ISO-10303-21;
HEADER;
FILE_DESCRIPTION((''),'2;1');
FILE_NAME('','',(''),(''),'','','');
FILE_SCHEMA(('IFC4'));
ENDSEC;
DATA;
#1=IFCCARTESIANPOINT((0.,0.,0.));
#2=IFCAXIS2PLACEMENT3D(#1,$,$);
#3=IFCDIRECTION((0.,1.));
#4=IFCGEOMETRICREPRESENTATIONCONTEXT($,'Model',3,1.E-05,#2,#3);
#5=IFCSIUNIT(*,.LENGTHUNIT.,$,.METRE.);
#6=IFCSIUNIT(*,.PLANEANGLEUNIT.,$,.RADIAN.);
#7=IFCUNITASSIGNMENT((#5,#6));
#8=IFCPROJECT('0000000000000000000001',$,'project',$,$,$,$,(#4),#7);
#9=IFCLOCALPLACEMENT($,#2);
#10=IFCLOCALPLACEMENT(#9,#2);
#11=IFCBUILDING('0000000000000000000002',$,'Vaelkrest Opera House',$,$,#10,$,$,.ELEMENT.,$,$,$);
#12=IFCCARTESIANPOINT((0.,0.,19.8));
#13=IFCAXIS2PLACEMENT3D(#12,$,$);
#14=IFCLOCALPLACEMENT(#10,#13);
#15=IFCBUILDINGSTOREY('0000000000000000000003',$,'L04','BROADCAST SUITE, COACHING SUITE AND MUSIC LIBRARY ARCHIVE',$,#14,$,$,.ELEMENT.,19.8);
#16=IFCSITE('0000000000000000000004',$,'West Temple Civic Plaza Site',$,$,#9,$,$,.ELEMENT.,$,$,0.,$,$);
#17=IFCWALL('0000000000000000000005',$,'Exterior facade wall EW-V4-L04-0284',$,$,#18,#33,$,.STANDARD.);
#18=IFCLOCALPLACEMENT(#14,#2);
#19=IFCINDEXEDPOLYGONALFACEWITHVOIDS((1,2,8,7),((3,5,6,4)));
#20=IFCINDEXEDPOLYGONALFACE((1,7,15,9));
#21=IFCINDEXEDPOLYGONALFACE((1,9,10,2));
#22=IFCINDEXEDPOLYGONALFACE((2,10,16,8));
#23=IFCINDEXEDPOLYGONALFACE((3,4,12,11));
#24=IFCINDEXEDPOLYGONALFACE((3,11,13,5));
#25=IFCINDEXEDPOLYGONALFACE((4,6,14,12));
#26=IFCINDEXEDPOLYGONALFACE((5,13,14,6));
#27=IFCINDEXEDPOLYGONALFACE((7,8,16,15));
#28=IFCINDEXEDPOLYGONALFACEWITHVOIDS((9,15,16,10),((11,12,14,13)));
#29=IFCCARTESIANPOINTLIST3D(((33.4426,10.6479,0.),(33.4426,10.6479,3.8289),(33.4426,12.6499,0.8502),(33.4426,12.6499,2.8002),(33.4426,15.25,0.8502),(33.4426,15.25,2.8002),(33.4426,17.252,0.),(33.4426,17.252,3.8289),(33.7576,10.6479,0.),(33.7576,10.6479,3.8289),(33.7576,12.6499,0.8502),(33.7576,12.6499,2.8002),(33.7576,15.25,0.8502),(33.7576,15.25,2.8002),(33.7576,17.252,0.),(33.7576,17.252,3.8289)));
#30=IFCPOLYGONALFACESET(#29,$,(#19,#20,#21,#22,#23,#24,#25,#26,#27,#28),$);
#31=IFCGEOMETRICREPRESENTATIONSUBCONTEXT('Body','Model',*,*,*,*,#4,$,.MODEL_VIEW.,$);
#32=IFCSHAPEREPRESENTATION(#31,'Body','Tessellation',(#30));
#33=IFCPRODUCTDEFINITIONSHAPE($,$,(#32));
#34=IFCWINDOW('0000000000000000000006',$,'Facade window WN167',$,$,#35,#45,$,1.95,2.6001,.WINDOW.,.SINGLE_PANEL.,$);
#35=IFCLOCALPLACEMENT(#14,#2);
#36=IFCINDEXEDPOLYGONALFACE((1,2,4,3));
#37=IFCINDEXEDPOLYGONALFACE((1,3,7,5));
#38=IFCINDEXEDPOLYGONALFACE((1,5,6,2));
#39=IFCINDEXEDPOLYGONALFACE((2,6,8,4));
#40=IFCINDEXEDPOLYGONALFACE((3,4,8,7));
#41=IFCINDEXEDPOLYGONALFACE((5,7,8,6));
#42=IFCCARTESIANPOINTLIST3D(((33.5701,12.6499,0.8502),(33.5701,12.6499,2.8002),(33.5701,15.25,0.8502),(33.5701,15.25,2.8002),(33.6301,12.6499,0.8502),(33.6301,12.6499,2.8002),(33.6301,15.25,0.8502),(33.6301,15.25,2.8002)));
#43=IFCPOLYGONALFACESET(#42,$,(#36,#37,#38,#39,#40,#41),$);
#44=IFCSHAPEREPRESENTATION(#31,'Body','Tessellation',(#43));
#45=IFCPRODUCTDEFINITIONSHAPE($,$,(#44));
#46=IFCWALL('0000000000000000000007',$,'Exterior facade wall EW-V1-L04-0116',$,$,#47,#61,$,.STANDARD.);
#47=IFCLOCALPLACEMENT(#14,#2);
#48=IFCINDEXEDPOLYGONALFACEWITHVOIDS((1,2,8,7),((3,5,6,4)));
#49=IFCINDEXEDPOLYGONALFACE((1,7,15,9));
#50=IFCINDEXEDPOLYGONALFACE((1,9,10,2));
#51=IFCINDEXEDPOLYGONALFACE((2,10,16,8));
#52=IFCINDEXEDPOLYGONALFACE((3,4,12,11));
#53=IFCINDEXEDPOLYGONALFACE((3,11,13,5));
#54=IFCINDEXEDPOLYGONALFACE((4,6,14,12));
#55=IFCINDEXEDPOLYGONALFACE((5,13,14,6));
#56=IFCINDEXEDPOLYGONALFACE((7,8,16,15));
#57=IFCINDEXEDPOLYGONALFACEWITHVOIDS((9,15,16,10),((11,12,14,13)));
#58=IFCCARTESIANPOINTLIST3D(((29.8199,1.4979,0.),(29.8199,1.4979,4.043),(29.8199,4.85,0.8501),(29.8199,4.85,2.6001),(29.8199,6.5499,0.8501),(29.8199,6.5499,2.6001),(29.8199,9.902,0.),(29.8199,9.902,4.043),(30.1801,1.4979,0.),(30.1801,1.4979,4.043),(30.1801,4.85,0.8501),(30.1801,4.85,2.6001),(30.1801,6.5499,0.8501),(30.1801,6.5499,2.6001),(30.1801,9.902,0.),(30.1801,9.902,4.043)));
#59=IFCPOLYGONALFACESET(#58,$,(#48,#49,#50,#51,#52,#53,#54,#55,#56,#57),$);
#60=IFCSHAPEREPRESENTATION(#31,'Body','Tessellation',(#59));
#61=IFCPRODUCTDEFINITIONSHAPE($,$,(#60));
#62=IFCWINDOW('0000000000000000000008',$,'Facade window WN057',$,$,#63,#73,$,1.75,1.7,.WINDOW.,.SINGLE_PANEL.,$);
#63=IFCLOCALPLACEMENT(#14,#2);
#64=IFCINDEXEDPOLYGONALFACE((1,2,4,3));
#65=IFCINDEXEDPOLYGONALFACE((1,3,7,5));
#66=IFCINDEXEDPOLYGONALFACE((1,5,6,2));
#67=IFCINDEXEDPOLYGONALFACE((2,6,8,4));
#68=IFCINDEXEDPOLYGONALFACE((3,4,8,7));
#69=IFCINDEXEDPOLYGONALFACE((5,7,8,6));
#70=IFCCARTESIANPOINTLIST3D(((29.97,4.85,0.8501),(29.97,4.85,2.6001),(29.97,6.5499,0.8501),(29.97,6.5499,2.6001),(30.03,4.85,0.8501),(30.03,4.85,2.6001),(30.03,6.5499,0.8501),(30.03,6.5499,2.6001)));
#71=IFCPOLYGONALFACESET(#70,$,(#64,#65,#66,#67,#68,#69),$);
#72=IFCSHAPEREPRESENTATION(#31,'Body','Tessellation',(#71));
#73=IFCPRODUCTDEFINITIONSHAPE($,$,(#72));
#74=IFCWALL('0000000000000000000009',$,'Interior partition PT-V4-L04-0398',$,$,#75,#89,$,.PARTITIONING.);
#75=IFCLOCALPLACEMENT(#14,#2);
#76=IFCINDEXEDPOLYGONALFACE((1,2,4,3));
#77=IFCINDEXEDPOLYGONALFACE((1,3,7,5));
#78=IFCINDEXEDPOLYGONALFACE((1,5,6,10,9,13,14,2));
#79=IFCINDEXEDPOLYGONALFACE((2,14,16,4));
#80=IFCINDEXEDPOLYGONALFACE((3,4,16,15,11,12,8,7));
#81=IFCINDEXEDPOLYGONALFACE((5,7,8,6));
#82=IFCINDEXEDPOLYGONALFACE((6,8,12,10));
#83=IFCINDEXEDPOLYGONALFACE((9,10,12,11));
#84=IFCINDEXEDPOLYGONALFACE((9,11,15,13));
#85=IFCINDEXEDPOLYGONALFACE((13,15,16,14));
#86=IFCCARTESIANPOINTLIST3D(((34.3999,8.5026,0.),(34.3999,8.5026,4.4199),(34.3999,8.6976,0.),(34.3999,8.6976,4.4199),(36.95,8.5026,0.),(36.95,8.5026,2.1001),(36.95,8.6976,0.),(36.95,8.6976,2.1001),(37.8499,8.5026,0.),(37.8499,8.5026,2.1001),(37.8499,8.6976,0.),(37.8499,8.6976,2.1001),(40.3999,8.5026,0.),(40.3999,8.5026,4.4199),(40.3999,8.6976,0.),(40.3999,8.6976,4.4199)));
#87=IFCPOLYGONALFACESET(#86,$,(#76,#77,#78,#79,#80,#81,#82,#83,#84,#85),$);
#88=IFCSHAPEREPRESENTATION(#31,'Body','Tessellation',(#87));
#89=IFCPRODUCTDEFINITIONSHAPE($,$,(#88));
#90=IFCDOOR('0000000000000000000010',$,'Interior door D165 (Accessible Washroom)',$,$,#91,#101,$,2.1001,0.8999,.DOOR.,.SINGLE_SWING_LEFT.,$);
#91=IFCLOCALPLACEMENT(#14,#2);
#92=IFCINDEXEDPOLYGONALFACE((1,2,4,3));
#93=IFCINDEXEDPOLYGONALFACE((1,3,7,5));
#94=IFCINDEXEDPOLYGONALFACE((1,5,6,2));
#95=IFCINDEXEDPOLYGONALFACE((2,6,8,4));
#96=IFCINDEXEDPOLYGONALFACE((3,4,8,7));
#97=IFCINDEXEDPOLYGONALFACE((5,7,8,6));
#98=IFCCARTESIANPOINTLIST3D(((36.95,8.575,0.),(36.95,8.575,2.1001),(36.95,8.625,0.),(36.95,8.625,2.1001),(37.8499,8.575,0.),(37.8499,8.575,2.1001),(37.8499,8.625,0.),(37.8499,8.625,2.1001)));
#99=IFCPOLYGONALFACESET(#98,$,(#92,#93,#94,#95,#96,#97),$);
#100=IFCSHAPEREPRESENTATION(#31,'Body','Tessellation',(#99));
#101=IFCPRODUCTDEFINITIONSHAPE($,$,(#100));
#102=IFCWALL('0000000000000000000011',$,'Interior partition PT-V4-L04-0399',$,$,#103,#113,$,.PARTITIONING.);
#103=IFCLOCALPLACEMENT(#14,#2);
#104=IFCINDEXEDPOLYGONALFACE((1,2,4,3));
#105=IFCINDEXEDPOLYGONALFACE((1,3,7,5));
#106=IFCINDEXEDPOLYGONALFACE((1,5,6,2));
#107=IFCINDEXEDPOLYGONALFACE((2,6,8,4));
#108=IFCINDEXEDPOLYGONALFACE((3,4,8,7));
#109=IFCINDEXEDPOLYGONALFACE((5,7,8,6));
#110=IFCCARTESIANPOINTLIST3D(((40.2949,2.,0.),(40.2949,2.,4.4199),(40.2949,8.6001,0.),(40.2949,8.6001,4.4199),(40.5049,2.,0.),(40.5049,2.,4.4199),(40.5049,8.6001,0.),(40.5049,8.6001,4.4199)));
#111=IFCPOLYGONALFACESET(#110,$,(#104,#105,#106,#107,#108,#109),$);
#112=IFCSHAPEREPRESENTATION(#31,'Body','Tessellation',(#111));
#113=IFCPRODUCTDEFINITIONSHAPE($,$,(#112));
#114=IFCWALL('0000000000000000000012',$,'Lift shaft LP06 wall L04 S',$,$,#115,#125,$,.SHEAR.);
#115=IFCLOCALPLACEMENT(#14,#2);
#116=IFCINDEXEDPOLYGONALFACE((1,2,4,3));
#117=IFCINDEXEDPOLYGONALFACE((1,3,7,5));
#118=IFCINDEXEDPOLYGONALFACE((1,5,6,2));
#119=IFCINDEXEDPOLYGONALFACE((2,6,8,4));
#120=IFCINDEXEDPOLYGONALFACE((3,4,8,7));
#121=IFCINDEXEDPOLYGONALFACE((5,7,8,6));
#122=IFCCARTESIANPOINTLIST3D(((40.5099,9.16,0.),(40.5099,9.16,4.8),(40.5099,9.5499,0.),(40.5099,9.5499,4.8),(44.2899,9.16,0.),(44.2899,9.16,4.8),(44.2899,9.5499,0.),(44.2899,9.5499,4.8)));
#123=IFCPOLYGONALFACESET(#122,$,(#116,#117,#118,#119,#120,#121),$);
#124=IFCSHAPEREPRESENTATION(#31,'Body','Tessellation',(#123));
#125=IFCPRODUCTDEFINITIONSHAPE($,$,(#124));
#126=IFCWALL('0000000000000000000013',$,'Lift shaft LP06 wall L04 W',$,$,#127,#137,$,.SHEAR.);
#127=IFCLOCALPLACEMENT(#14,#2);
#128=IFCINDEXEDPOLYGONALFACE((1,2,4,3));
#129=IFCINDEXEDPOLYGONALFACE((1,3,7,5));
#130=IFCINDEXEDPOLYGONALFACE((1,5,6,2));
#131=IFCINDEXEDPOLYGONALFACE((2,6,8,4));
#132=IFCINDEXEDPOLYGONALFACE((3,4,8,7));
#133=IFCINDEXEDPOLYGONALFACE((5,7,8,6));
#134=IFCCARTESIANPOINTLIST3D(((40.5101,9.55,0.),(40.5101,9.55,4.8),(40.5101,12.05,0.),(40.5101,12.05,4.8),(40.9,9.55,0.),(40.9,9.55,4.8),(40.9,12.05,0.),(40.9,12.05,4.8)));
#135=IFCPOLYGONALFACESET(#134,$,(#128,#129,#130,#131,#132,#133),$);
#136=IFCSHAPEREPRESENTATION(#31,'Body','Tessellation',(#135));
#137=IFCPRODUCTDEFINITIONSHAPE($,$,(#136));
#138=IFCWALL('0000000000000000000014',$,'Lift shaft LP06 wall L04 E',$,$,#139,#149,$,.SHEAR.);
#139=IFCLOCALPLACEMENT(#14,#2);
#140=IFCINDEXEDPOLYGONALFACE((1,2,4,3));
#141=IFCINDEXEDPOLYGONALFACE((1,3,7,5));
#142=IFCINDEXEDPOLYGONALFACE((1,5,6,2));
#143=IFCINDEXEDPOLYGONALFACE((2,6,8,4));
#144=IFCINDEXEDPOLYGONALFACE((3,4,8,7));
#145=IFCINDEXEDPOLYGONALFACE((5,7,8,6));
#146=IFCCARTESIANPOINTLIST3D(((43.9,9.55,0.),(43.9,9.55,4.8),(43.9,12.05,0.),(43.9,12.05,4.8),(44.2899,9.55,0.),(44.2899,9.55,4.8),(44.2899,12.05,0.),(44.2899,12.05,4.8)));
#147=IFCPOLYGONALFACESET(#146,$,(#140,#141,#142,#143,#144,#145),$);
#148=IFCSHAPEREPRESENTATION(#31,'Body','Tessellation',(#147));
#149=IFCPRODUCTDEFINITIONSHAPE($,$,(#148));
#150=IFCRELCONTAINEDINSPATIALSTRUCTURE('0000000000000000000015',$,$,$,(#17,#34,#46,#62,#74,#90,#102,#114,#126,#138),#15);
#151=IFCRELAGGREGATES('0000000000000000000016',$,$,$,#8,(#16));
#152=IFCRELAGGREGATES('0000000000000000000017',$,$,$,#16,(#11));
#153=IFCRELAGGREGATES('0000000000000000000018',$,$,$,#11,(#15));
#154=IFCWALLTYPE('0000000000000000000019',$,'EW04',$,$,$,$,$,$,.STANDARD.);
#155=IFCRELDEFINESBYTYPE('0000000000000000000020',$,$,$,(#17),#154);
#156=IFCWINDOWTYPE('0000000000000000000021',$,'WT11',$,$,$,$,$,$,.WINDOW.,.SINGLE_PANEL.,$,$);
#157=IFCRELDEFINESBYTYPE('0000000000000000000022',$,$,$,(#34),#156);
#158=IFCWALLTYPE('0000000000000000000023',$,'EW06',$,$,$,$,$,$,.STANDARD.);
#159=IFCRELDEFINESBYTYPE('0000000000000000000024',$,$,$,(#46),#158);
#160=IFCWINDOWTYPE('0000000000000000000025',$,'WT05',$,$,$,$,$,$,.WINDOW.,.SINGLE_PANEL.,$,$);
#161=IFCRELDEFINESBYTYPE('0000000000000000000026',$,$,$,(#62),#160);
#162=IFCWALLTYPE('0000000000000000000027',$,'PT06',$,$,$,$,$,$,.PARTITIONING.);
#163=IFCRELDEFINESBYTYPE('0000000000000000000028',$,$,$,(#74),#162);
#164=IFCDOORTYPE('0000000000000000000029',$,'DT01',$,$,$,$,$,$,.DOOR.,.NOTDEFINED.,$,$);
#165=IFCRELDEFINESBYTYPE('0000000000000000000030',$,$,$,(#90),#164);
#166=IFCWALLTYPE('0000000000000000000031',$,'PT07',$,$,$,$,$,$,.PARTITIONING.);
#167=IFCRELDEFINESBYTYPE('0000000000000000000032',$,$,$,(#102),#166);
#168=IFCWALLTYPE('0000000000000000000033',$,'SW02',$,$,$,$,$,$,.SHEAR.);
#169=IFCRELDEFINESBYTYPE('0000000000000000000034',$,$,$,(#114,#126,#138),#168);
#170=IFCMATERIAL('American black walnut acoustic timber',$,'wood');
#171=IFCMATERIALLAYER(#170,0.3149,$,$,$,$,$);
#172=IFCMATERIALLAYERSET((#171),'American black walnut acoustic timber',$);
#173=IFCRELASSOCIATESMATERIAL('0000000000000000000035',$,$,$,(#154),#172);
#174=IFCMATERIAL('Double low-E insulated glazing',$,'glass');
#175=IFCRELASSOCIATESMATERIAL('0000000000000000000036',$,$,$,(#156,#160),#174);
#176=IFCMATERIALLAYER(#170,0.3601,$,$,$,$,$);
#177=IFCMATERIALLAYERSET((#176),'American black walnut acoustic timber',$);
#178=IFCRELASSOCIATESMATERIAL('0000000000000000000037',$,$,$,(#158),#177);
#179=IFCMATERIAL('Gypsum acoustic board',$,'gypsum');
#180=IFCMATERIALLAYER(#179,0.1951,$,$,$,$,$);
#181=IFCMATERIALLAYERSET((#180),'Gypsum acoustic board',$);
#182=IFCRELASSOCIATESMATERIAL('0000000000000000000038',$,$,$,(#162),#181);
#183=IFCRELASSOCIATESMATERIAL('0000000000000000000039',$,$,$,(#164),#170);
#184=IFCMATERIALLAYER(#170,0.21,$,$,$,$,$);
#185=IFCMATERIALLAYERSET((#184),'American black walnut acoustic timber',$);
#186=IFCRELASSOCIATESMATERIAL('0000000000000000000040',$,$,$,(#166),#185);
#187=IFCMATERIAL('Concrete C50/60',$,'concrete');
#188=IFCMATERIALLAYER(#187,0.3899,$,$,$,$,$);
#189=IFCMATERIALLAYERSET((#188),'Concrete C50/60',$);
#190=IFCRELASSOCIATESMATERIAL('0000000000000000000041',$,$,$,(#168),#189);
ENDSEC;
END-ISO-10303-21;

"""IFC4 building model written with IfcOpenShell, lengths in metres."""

from ifc_helpers import new_model, si_unit, direction, frame, frame_2d, origin, place, context, subcontext, project, spatial, rectangle, extrude, material, layer, layer_set, type_object, element, fill, save


model = new_model("IFC4")

# Units and contexts
model_context = context("Model", 3, precision=1e-05, world=origin(), true_north=direction((0.0, 1.0)))
body_context = subcontext(model_context, "Body", "Model", "MODEL_VIEW")
ifc_project = project(units=[si_unit("LENGTHUNIT", "METRE"), si_unit("PLANEANGLEUNIT", "RADIAN")], contexts=[model_context])

# Site, building, storey
site_placement = place(None, origin())
site = spatial("IfcSite", under=ifc_project, at=site_placement, Name="West Temple Civic Plaza Site", CompositionType="ELEMENT", RefElevation=0.0)
building_placement = place(site_placement, origin())
building = spatial("IfcBuilding", under=site, at=building_placement, Name="Vaelkrest Opera House", CompositionType="ELEMENT")
storey_placement = place(building_placement, frame((0.0, 0.0, 19.8)))
storey = spatial("IfcBuildingStorey", under=building, at=storey_placement, Name="L04", Description="BROADCAST SUITE, COACHING SUITE AND MUSIC LIBRARY ARCHIVE", CompositionType="ELEMENT", Elevation=19.8)

# Shared definitions
ifc_material_1 = material(Name="Concrete C50/60", Category="concrete")

# Shared definitions
ifc_material_2 = material(Name="Double low-E insulated glazing", Category="glass")

# Walls, openings, windows
ifc_material_3 = material(Name="American black walnut acoustic timber", Category="wood")
ifc_layer_1 = layer(ifc_material_3, 0.3149)
ifc_layer_set_1 = layer_set([ifc_layer_1], Name="American black walnut acoustic timber")
wall_type_1 = type_object("IfcWallType", Name="EW04", PredefinedType="STANDARD", material=ifc_layer_set_1)
wall_1_placement = place(storey_placement, frame((33.6001, 10.6479, 0.0), z_axis=(0.0, 0.0, 1.0), x_axis=(0.0, 1.0, 0.0)))
wall_1 = element("IfcWall", 1, at=wall_1_placement, inside=storey, type_object=wall_type_1, Name="Exterior facade wall EW-V4-L04-0284", PredefinedType="STANDARD", context=body_context, shape_type="SweptSolid", body=[
    extrude(rectangle(XDim=6.604, YDim=0.3149, at=frame_2d((3.302, 0.0))), origin(), (0.0, 0.0, 1.0), 3.8289),
])
opening_1_placement = place(wall_1_placement, frame((2.002, 0.0, 0.8501)))
opening_1 = element("IfcOpeningElement", 2, at=opening_1_placement, cuts=wall_1, PredefinedType="OPENING", context=body_context, shape_type="SweptSolid", body=[
    extrude(rectangle(XDim=2.6001, YDim=1.95, at=frame_2d((1.3, 0.9751))), frame((0.0, 0.1675, 0.0), z_axis=(0.0, -1.0, 0.0), x_axis=(1.0, 0.0, 0.0)), (0.0, 0.0, 1.0), 0.335),
])
window_type_1 = type_object("IfcWindowType", Name="WT11", PartitioningType="SINGLE_PANEL", PredefinedType="WINDOW", material=ifc_material_2)
window_1_placement = place(opening_1_placement, origin())
window_1 = element("IfcWindow", 3, at=window_1_placement, inside=storey, type_object=window_type_1, Name="Facade window WN167", OverallHeight=1.95, OverallWidth=2.6001, PartitioningType="SINGLE_PANEL", PredefinedType="WINDOW", context=body_context, shape_type="SweptSolid", body=[
    extrude(rectangle(XDim=2.6001, YDim=1.95, at=frame_2d((1.3, 0.9751))), frame((0.0, 0.03, 0.0), z_axis=(0.0, -1.0, 0.0), x_axis=(1.0, 0.0, 0.0)), (0.0, 0.0, 1.0), 0.0601),
])
fill(opening_1, window_1)
ifc_layer_2 = layer(ifc_material_3, 0.3601)
ifc_layer_set_2 = layer_set([ifc_layer_2], Name="American black walnut acoustic timber")
wall_type_2 = type_object("IfcWallType", Name="EW06", PredefinedType="STANDARD", material=ifc_layer_set_2)
wall_2_placement = place(storey_placement, frame((30.0, 9.9021, 0.0), z_axis=(0.0, 0.0, 1.0), x_axis=(0.0, -1.0, 0.0)))
wall_2 = element("IfcWall", 4, at=wall_2_placement, inside=storey, type_object=wall_type_2, Name="Exterior facade wall EW-V1-L04-0116", PredefinedType="STANDARD", context=body_context, shape_type="SweptSolid", body=[
    extrude(rectangle(XDim=8.4041, YDim=0.3601, at=frame_2d((4.2021, 0.0))), origin(), (0.0, 0.0, 1.0), 4.043),
])
opening_2_placement = place(wall_2_placement, frame((3.3521, 0.0, 0.8501)))
opening_2 = element("IfcOpeningElement", 5, at=opening_2_placement, cuts=wall_2, PredefinedType="OPENING", context=body_context, shape_type="SweptSolid", body=[
    extrude(rectangle(XDim=1.7, YDim=1.75, at=frame_2d((0.8501, 0.875))), frame((0.0, 0.1899, 0.0), z_axis=(0.0, -1.0, 0.0), x_axis=(1.0, 0.0, 0.0)), (0.0, 0.0, 1.0), 0.3801),
])
window_type_2 = type_object("IfcWindowType", Name="WT05", PartitioningType="SINGLE_PANEL", PredefinedType="WINDOW", material=ifc_material_2)
window_2_placement = place(opening_2_placement, origin())
window_2 = element("IfcWindow", 6, at=window_2_placement, inside=storey, type_object=window_type_2, Name="Facade window WN057", OverallHeight=1.75, OverallWidth=1.7, PartitioningType="SINGLE_PANEL", PredefinedType="WINDOW", context=body_context, shape_type="SweptSolid", body=[
    extrude(rectangle(XDim=1.7, YDim=1.75, at=frame_2d((0.8501, 0.875))), frame((0.0, 0.03, 0.0), z_axis=(0.0, -1.0, 0.0), x_axis=(1.0, 0.0, 0.0)), (0.0, 0.0, 1.0), 0.0601),
])
fill(opening_2, window_2)

# Wall, opening, door
ifc_material_4 = material(Name="Gypsum acoustic board", Category="gypsum")
ifc_layer_3 = layer(ifc_material_4, 0.1951)
ifc_layer_set_3 = layer_set([ifc_layer_3], Name="Gypsum acoustic board")
wall_type_3 = type_object("IfcWallType", Name="PT06", PredefinedType="PARTITIONING", material=ifc_layer_set_3)
wall_3_placement = place(storey_placement, frame((34.3999, 8.6001, 0.0), z_axis=(0.0, 0.0, 1.0), x_axis=(1.0, 0.0, 0.0)))
wall_3 = element("IfcWall", 7, at=wall_3_placement, inside=storey, type_object=wall_type_3, Name="Interior partition PT-V4-L04-0398", PredefinedType="PARTITIONING", context=body_context, shape_type="SweptSolid", body=[
    extrude(rectangle(XDim=6.0, YDim=0.1951, at=frame_2d((3.0, 0.0))), origin(), (0.0, 0.0, 1.0), 4.4199),
])
opening_3_placement = place(wall_3_placement, frame((2.55, 0.0, 0.0)))
opening_3 = element("IfcOpeningElement", 8, at=opening_3_placement, cuts=wall_3, PredefinedType="OPENING", context=body_context, shape_type="SweptSolid", body=[
    extrude(rectangle(XDim=0.8999, YDim=2.1001, at=frame_2d((0.45, 1.05))), frame((0.0, 0.1074, 0.0), z_axis=(0.0, -1.0, 0.0), x_axis=(1.0, 0.0, 0.0)), (0.0, 0.0, 1.0), 0.2151),
])
door_type = type_object("IfcDoorType", Name="DT01", OperationType="NOTDEFINED", PredefinedType="DOOR", material=ifc_material_3)
door_placement = place(opening_3_placement, origin())
door = element("IfcDoor", 9, at=door_placement, inside=storey, type_object=door_type, Name="Interior door D165 (Accessible Washroom)", OperationType="SINGLE_SWING_LEFT", OverallHeight=2.1001, OverallWidth=0.8999, PredefinedType="DOOR", context=body_context, shape_type="SweptSolid", body=[
    extrude(rectangle(XDim=0.8999, YDim=2.1001, at=frame_2d((0.45, 1.05))), frame((0.0, 0.0249, 0.0), z_axis=(0.0, -1.0, 0.0), x_axis=(1.0, 0.0, 0.0)), (0.0, 0.0, 1.0), 0.05),
])
fill(opening_3, door)

# Walls
ifc_layer_4 = layer(ifc_material_3, 0.21)
ifc_layer_set_4 = layer_set([ifc_layer_4], Name="American black walnut acoustic timber")
wall_type_4 = type_object("IfcWallType", Name="PT07", PredefinedType="PARTITIONING", material=ifc_layer_set_4)
wall_4_placement = place(storey_placement, frame((40.3999, 2.0, 0.0), z_axis=(0.0, 0.0, 1.0), x_axis=(0.0, 1.0, 0.0)))
element("IfcWall", 10, at=wall_4_placement, inside=storey, type_object=wall_type_4, Name="Interior partition PT-V4-L04-0399", PredefinedType="PARTITIONING", context=body_context, shape_type="SweptSolid", body=[
    extrude(rectangle(XDim=6.6001, YDim=0.21, at=frame_2d((3.3, 0.0))), origin(), (0.0, 0.0, 1.0), 4.4199),
])
ifc_layer_5 = layer(ifc_material_1, 0.3899)
ifc_layer_set_5 = layer_set([ifc_layer_5], Name="Concrete C50/60")
wall_type_5 = type_object("IfcWallType", Name="SW02", PredefinedType="SHEAR", material=ifc_layer_set_5)
wall_5_placement = place(storey_placement, frame((44.29, 9.355, 0.0), z_axis=(0.0, 0.0, 1.0), x_axis=(-1.0, 0.0, 0.0)))
element("IfcWall", 11, at=wall_5_placement, inside=storey, type_object=wall_type_5, Name="Lift shaft LP06 wall L04 S", PredefinedType="SHEAR", context=body_context, shape_type="SweptSolid", body=[
    extrude(rectangle(XDim=3.78, YDim=0.3899, at=frame_2d((1.8901, 0.0))), origin(), (0.0, 0.0, 1.0), 4.8),
])
for number, where, z_axis, x_axis, name in (
    (12, (40.7051, 9.55, 0.0), (0.0, 0.0, 1.0), (0.0, 1.0, 0.0), "Lift shaft LP06 wall L04 W"),
    (13, (44.095, 12.05, 0.0), (0.0, 0.0, 1.0), (0.0, -1.0, 0.0), "Lift shaft LP06 wall L04 E"),
):
    element("IfcWall", number, at=place(storey_placement, frame(where, z_axis=z_axis, x_axis=x_axis)), inside=storey, type_object=wall_type_5, Name=name, PredefinedType="SHEAR", context=body_context, shape_type="SweptSolid", body=[
        extrude(rectangle(XDim=2.5, YDim=0.3899, at=frame_2d((1.25, 0.0))), origin(), (0.0, 0.0, 1.0), 4.8),
    ])

save(model, "model.ifc")
